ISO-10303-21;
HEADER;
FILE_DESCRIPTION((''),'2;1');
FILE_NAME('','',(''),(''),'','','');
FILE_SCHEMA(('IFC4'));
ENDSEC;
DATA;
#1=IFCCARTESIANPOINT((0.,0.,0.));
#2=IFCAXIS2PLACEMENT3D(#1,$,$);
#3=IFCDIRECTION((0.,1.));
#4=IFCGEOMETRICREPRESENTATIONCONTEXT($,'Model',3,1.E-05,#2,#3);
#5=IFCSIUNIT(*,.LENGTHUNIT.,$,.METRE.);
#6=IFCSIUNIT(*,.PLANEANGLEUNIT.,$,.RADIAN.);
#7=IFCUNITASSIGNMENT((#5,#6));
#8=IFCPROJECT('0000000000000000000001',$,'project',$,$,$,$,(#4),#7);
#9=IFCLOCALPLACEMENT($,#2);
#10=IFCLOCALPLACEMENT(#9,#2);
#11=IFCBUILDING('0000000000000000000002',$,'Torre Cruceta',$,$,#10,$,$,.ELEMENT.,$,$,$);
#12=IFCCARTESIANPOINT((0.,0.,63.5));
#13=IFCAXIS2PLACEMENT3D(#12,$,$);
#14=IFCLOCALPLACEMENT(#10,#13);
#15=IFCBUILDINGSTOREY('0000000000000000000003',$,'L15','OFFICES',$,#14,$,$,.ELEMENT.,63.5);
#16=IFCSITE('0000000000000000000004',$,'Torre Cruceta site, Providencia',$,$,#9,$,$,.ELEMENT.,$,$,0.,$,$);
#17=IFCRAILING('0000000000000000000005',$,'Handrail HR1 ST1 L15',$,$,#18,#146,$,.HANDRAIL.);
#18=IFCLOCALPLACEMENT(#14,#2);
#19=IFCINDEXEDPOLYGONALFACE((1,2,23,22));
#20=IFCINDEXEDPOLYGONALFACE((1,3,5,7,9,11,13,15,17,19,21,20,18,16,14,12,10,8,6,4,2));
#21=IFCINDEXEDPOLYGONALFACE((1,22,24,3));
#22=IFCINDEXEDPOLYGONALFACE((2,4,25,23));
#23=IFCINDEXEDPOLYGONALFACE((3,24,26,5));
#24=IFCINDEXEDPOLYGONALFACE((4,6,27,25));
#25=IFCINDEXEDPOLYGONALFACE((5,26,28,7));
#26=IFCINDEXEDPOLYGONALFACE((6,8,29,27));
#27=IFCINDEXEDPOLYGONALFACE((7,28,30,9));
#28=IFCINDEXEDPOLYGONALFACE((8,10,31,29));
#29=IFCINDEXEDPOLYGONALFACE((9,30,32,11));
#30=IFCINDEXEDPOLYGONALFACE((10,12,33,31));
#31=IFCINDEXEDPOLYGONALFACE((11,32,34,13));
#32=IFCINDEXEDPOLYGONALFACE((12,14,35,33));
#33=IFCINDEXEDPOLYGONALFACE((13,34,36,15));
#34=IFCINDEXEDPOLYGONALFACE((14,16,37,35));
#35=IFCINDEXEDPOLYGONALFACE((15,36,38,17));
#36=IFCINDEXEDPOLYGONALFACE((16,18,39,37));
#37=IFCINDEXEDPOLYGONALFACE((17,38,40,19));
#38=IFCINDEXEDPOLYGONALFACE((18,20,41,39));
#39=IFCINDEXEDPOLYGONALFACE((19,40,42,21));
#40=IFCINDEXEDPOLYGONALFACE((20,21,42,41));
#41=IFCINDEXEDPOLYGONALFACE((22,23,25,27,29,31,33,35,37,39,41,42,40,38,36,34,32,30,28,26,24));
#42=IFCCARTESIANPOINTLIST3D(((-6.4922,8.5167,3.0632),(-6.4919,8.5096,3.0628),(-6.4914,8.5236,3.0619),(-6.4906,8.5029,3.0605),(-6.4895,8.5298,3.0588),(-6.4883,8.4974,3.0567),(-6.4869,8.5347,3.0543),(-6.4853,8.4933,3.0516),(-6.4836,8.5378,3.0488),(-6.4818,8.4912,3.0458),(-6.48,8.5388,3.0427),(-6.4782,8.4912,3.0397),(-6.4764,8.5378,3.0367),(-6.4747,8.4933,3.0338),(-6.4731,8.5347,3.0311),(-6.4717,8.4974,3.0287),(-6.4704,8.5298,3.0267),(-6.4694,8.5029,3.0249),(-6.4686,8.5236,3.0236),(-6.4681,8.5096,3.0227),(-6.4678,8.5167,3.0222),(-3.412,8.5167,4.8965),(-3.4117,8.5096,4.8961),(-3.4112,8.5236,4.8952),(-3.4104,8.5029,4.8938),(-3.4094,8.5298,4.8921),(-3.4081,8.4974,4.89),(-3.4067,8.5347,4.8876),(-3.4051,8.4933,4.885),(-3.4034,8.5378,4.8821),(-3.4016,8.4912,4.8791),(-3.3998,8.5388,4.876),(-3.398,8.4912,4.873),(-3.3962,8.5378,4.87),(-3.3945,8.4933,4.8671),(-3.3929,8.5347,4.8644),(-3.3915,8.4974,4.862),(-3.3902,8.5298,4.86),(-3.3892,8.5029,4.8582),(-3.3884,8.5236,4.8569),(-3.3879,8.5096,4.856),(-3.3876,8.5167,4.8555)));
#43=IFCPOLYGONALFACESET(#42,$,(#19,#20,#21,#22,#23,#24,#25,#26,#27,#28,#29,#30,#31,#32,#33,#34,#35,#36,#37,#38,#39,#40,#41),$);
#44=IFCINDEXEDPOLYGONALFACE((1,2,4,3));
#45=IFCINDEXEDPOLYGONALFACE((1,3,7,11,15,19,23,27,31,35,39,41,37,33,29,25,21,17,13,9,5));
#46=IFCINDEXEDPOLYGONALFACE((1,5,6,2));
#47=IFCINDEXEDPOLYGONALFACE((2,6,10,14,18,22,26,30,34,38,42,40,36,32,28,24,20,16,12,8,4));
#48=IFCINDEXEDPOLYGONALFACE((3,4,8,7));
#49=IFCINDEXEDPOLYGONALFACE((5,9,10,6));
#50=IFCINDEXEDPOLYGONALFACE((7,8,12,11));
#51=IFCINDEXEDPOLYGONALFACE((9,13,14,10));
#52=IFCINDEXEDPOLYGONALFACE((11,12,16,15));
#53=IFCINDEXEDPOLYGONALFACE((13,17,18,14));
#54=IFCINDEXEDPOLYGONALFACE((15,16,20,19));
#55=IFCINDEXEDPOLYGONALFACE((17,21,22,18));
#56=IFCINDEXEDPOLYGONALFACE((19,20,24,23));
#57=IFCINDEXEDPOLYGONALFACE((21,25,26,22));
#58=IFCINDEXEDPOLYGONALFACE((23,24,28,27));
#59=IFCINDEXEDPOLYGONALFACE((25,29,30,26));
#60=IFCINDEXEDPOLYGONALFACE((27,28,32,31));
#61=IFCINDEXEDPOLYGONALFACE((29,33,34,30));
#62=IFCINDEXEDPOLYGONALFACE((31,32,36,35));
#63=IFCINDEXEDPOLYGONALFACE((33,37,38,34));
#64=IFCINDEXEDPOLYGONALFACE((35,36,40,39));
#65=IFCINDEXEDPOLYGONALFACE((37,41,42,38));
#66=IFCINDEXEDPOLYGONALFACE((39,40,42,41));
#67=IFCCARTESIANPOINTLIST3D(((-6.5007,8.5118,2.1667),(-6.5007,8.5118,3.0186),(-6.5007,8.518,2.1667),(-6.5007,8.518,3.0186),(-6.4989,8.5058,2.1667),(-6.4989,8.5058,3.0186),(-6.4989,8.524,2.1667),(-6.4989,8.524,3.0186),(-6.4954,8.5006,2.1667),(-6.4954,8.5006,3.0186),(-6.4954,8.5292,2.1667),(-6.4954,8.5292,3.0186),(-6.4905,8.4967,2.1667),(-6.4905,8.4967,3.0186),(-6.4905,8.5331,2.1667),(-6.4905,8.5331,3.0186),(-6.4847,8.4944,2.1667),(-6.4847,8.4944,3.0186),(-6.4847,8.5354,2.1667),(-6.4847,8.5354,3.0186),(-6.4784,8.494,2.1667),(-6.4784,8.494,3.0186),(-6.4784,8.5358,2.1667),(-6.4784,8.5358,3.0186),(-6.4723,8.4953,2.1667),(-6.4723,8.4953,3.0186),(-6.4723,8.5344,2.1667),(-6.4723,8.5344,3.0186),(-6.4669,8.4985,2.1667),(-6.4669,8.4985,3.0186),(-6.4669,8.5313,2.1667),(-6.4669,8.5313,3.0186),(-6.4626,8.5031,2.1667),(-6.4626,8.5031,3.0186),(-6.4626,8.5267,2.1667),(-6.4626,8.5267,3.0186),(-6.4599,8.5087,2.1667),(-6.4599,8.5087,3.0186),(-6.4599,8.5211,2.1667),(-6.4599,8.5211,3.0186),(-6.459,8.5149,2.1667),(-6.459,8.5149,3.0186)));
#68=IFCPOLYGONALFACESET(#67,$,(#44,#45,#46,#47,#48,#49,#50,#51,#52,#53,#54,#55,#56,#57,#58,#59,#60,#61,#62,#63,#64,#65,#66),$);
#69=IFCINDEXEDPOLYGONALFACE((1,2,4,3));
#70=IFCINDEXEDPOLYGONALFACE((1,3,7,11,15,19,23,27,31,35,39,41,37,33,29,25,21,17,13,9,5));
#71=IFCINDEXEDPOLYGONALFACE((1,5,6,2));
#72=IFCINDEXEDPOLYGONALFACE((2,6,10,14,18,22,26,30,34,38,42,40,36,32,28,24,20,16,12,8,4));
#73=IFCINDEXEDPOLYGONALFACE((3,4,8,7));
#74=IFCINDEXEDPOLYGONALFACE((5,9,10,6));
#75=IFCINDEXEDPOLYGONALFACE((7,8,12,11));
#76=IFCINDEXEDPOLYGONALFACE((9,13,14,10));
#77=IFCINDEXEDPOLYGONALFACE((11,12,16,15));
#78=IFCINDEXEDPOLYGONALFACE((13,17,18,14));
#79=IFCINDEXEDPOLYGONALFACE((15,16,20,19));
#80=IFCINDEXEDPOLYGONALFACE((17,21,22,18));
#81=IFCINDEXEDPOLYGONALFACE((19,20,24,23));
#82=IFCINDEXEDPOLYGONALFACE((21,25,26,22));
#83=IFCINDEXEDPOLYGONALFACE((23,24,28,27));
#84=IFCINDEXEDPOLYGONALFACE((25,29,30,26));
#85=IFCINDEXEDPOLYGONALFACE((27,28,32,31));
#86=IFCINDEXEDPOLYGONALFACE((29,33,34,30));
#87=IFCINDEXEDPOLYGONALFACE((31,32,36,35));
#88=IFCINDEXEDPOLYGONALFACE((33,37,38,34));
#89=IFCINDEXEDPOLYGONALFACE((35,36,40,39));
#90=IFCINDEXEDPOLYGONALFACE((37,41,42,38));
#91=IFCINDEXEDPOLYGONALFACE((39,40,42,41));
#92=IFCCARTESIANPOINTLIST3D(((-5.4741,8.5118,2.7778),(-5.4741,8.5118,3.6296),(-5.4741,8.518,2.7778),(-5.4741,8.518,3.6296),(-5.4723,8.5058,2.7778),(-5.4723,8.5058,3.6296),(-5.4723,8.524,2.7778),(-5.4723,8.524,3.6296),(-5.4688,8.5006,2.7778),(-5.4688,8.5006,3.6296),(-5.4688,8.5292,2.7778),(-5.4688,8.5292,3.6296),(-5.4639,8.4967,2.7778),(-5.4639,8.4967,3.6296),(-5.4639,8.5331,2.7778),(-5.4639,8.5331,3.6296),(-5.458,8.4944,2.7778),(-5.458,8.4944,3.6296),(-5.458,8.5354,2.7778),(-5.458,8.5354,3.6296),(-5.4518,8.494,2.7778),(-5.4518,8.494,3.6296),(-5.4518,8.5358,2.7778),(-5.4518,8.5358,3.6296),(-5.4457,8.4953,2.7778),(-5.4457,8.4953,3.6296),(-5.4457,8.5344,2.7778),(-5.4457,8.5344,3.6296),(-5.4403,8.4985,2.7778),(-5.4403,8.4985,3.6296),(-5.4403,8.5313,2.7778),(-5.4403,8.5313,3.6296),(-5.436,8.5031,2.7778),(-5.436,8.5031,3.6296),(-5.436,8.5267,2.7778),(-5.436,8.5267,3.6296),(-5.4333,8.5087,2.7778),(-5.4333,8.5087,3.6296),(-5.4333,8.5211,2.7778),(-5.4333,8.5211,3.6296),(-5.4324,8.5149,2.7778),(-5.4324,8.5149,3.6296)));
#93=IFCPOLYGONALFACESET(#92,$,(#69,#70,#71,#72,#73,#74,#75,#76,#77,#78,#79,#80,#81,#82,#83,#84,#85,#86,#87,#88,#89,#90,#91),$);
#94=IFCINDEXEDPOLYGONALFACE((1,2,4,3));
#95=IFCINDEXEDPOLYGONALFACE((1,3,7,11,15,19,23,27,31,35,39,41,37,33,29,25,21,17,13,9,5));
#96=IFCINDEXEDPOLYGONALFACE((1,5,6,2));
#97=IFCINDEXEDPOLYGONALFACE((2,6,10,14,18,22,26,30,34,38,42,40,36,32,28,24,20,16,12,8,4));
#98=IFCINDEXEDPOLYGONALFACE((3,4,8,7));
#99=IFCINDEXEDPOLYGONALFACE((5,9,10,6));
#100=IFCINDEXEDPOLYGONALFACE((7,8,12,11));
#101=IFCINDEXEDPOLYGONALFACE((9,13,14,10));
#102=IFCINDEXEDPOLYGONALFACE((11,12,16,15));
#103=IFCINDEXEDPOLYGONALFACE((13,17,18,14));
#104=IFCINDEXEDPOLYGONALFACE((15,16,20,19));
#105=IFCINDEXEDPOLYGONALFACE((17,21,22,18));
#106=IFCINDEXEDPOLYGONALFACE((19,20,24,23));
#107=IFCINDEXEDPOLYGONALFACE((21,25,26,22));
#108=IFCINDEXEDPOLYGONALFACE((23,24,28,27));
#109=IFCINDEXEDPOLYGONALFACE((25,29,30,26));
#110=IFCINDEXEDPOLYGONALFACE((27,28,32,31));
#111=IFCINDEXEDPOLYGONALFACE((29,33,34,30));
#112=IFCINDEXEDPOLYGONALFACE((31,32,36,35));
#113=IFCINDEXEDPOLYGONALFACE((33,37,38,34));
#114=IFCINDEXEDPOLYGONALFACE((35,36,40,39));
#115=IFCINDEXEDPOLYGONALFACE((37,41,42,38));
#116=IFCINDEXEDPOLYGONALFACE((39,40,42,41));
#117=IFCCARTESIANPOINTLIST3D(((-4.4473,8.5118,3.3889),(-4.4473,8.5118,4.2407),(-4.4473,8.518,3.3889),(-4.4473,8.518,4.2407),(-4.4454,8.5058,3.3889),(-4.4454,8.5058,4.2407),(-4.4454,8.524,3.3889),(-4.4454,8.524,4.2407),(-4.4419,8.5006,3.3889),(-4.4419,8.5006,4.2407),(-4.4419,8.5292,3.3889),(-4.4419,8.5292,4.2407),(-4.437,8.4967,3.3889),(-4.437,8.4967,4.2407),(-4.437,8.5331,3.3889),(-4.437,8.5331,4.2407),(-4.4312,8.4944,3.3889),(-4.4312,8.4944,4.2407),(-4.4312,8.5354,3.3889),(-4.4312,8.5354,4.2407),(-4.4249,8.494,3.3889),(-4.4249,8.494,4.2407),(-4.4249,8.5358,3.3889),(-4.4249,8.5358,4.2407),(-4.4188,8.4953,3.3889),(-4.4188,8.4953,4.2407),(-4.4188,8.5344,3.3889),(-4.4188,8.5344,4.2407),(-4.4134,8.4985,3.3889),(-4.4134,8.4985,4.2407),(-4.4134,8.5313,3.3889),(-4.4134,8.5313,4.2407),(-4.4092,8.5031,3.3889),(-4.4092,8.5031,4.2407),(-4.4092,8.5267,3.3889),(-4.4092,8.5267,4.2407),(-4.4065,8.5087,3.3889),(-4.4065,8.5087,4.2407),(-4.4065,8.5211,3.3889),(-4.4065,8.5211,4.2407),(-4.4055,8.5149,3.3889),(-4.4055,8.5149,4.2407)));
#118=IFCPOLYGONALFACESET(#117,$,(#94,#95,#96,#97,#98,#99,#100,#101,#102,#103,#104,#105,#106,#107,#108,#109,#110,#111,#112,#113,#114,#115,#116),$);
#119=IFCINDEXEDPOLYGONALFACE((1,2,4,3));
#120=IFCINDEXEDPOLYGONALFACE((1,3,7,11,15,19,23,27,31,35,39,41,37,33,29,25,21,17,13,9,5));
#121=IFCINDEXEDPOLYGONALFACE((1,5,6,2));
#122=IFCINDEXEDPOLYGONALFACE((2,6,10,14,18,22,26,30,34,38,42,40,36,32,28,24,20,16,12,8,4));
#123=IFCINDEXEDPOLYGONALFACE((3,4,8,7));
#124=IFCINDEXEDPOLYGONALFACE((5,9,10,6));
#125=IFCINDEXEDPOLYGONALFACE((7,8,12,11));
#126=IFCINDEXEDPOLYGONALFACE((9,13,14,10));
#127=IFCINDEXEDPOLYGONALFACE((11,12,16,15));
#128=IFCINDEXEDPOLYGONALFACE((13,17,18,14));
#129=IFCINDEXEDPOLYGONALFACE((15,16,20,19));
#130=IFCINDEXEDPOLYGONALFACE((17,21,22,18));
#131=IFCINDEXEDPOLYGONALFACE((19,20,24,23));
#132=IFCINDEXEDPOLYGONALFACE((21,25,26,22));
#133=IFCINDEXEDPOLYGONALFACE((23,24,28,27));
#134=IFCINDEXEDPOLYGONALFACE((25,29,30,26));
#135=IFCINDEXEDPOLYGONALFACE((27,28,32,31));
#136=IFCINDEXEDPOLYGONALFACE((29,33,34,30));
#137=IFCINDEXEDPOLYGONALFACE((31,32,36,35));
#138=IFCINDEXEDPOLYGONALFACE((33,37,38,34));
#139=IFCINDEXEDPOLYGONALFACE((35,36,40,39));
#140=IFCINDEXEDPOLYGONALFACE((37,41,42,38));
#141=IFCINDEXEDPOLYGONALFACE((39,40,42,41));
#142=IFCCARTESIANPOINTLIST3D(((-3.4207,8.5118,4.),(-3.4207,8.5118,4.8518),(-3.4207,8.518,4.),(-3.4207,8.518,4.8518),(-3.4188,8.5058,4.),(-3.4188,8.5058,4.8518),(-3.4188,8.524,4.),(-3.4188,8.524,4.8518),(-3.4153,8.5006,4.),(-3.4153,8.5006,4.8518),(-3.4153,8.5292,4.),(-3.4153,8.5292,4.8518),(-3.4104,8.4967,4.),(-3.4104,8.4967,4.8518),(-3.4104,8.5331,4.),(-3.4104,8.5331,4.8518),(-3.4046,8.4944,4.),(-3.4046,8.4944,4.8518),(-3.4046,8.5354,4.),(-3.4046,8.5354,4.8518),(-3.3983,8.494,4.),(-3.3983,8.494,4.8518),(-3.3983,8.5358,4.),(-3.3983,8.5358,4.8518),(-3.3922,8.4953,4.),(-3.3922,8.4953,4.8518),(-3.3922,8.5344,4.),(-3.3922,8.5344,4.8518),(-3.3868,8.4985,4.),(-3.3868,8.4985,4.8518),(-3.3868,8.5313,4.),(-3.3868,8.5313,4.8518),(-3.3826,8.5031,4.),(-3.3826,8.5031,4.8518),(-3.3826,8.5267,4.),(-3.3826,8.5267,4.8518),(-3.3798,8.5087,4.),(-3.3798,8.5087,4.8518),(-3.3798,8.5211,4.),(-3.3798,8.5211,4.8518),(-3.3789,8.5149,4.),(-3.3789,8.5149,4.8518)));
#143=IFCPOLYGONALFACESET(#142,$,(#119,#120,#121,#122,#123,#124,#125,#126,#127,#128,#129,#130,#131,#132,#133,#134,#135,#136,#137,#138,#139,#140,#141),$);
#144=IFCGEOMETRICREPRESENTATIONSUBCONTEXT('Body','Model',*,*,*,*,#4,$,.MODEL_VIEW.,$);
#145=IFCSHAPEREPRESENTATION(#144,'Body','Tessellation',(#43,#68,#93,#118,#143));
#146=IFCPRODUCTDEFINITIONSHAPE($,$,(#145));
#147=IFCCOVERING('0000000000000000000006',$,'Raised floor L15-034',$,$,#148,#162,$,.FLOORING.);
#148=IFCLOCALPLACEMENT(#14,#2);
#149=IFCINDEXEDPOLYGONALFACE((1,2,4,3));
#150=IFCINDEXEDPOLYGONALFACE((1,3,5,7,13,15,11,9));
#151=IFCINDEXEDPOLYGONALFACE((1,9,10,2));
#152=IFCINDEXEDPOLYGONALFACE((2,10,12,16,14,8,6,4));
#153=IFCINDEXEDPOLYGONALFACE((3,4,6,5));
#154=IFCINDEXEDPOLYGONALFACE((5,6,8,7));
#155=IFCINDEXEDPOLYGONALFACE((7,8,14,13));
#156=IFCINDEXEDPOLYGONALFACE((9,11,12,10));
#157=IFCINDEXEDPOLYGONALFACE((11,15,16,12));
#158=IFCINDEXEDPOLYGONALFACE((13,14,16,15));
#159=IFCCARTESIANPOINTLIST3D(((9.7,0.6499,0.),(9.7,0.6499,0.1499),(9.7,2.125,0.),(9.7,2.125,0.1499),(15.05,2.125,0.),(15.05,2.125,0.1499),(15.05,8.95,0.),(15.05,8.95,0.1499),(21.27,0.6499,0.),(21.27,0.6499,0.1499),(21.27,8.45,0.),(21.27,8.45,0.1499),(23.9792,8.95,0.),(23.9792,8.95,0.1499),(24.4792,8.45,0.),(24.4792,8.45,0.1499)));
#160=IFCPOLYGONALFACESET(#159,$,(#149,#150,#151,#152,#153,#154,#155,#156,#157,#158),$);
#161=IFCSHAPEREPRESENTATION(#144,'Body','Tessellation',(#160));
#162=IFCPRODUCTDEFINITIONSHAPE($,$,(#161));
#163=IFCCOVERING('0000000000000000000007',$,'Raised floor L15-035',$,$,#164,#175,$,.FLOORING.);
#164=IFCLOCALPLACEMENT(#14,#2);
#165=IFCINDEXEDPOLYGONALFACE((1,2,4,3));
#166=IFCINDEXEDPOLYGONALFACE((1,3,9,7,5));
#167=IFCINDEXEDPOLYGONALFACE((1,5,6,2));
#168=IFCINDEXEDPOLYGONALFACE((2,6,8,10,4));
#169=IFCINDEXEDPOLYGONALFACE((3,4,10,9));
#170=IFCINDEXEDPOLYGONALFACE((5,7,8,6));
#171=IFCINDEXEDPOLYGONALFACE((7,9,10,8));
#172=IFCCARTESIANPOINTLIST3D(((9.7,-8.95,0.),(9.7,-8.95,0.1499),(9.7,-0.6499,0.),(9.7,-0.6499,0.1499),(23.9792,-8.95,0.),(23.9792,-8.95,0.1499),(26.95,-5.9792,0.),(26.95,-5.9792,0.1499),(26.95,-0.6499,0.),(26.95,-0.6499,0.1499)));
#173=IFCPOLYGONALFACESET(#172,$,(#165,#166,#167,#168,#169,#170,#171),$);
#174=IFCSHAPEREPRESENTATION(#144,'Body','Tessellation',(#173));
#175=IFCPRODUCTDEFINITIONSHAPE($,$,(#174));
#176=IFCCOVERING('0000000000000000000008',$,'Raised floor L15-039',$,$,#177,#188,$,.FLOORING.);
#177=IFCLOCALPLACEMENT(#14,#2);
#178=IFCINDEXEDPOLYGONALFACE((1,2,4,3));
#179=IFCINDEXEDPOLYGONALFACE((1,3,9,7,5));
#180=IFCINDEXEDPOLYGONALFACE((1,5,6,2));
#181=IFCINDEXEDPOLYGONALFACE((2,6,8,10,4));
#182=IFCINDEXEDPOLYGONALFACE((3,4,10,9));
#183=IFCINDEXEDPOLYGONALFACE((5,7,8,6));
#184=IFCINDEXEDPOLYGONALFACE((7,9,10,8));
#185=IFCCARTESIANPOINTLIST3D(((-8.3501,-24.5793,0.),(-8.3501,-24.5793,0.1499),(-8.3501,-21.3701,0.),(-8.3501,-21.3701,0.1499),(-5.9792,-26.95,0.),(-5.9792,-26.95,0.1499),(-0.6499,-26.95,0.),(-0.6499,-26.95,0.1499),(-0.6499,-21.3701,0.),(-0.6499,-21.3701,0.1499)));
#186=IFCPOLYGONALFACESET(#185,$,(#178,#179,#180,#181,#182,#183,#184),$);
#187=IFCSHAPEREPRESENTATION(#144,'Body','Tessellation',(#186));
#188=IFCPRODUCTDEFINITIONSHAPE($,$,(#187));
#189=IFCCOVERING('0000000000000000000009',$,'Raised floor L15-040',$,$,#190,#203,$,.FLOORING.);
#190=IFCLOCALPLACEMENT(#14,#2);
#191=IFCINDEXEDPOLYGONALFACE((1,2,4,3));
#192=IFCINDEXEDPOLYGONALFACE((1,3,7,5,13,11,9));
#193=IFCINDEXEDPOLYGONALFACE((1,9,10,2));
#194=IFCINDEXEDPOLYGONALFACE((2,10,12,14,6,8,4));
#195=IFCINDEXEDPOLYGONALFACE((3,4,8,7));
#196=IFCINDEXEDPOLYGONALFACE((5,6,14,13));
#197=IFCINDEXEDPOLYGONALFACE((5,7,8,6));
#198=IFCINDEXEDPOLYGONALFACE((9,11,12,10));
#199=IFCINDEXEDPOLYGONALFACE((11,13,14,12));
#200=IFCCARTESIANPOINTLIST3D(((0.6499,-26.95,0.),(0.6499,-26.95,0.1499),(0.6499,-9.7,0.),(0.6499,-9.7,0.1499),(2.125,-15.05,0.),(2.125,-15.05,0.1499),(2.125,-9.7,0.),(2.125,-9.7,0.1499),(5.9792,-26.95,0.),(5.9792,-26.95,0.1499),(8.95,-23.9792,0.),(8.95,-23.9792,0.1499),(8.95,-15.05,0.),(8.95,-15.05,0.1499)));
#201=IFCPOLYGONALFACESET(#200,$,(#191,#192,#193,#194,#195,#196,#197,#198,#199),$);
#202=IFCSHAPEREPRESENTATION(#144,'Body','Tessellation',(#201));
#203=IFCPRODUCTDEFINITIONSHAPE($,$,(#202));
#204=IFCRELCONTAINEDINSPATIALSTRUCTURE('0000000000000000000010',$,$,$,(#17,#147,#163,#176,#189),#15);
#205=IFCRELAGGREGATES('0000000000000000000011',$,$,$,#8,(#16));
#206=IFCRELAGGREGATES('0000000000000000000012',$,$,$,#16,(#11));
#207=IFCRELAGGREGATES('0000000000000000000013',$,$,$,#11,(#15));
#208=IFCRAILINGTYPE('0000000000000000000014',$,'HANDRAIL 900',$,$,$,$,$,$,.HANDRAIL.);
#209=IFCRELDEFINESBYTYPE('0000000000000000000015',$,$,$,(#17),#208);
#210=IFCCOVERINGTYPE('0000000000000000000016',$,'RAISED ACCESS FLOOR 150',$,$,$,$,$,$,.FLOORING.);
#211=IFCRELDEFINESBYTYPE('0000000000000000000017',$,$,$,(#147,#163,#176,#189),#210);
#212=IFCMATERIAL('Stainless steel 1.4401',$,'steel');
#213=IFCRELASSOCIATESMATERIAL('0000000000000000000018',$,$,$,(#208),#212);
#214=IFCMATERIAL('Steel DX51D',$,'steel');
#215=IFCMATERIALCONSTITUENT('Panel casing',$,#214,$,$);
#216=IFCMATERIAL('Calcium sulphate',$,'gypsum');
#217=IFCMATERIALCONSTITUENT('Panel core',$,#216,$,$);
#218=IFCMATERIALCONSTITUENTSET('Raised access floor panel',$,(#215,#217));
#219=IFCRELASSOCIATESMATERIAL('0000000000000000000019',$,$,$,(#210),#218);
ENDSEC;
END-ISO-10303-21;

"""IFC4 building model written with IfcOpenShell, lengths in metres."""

from ifc_helpers import new_model, si_unit, direction, frame, origin, origin_2d, place, context, subcontext, project, spatial, polyline, circle, outline, extrude, material, constituent, constituent_set, type_object, element, save


model = new_model("IFC4")

# Units and contexts
model_context = context("Model", 3, precision=1e-05, world=origin(), true_north=direction((0.0, 1.0)))
body_context = subcontext(model_context, "Body", "Model", "MODEL_VIEW")
ifc_project = project(units=[si_unit("LENGTHUNIT", "METRE"), si_unit("PLANEANGLEUNIT", "RADIAN")], contexts=[model_context])

# Site, building, storey
site_placement = place(None, origin())
site = spatial("IfcSite", under=ifc_project, at=site_placement, Name="Torre Cruceta site, Providencia", CompositionType="ELEMENT", RefElevation=0.0)
building_placement = place(site_placement, origin())
building = spatial("IfcBuilding", under=site, at=building_placement, Name="Torre Cruceta", CompositionType="ELEMENT")
storey_placement = place(building_placement, frame((0.0, 0.0, 63.5)))
storey = spatial("IfcBuildingStorey", under=building, at=storey_placement, Name="L15", Description="OFFICES", CompositionType="ELEMENT", Elevation=63.5)

# Railing
ifc_material_1 = material(Name="Stainless steel 1.4401", Category="steel")
railing_type = type_object("IfcRailingType", Name="HANDRAIL 900", PredefinedType="HANDRAIL", material=ifc_material_1)
railing_1_placement = place(storey_placement, frame((-6.48, 8.5149, 2.1667)))
element("IfcRailing", 1, at=railing_1_placement, inside=storey, type_object=railing_type, Name="Handrail HR1 ST1 L15", PredefinedType="HANDRAIL", context=body_context, shape_type="SweptSolid", body=[
    extrude(circle(Radius=0.0239, at=origin_2d()), frame((0.0, 0.0, 0.876), z_axis=(0.859309, 0.0, 0.511458), x_axis=(0.0, 1.0, 0.0)), (0.0, 0.0, 1.0), 3.5845),
    extrude(circle(Radius=0.021, at=origin_2d()), origin(), (0.0, 0.0, 1.0), 0.8518),
    extrude(circle(Radius=0.021, at=origin_2d()), frame((1.0266, 0.0, 0.6111)), (0.0, 0.0, 1.0), 0.8518),
    extrude(circle(Radius=0.021, at=origin_2d()), frame((2.0535, 0.0, 1.2222)), (0.0, 0.0, 1.0), 0.8518),
    extrude(circle(Radius=0.021, at=origin_2d()), frame((3.0801, 0.0, 1.8333)), (0.0, 0.0, 1.0), 0.8518),
])

# Coverings
ifc_material_2 = material(Name="Steel DX51D", Category="steel")
ifc_constituent_1 = constituent(ifc_material_2, Name="Panel casing")
ifc_material_3 = material(Name="Calcium sulphate", Category="gypsum")
ifc_constituent_2 = constituent(ifc_material_3, Name="Panel core")
ifc_constituent_set_1 = constituent_set(constituents=[ifc_constituent_1, ifc_constituent_2], Name="Raised access floor panel")
covering_type_1 = type_object("IfcCoveringType", Name="RAISED ACCESS FLOOR 150", PredefinedType="FLOORING", material=ifc_constituent_set_1)
covering_1_placement = place(storey_placement, origin())
element("IfcCovering", 2, at=covering_1_placement, inside=storey, type_object=covering_type_1, Name="Raised floor L15-034", PredefinedType="FLOORING", context=body_context, shape_type="SweptSolid", body=[
    extrude(outline(polyline([(21.27, 8.45), (21.27, 0.6499), (9.7, 0.6499), (9.7, 2.125), (15.05, 2.125), (15.05, 8.95), (23.9792, 8.95), (24.4792, 8.45), (21.27, 8.45)])), origin(), (0.0, 0.0, 1.0), 0.1499),
])
covering_2_placement = place(storey_placement, origin())
element("IfcCovering", 3, at=covering_2_placement, inside=storey, type_object=covering_type_1, Name="Raised floor L15-035", PredefinedType="FLOORING", context=body_context, shape_type="SweptSolid", body=[
    extrude(outline(polyline([(26.95, -5.9792), (23.9792, -8.95), (9.7, -8.95), (9.7, -0.6499), (26.95, -0.6499), (26.95, -5.9792)])), origin(), (0.0, 0.0, 1.0), 0.1499),
])
covering_3_placement = place(storey_placement, origin())
element("IfcCovering", 4, at=covering_3_placement, inside=storey, type_object=covering_type_1, Name="Raised floor L15-039", PredefinedType="FLOORING", context=body_context, shape_type="SweptSolid", body=[
    extrude(outline(polyline([(-8.3501, -24.5793), (-8.3501, -21.3701), (-0.6499, -21.3701), (-0.6499, -26.95), (-5.9792, -26.95), (-8.3501, -24.5793)])), origin(), (0.0, 0.0, 1.0), 0.1499),
])
covering_4_placement = place(storey_placement, origin())
element("IfcCovering", 5, at=covering_4_placement, inside=storey, type_object=covering_type_1, Name="Raised floor L15-040", PredefinedType="FLOORING", context=body_context, shape_type="SweptSolid", body=[
    extrude(outline(polyline([(0.6499, -26.95), (0.6499, -9.7), (2.125, -9.7), (2.125, -15.05), (8.95, -15.05), (8.95, -23.9792), (5.9792, -26.95), (0.6499, -26.95)])), origin(), (0.0, 0.0, 1.0), 0.1499),
])

save(model, "model.ifc")
